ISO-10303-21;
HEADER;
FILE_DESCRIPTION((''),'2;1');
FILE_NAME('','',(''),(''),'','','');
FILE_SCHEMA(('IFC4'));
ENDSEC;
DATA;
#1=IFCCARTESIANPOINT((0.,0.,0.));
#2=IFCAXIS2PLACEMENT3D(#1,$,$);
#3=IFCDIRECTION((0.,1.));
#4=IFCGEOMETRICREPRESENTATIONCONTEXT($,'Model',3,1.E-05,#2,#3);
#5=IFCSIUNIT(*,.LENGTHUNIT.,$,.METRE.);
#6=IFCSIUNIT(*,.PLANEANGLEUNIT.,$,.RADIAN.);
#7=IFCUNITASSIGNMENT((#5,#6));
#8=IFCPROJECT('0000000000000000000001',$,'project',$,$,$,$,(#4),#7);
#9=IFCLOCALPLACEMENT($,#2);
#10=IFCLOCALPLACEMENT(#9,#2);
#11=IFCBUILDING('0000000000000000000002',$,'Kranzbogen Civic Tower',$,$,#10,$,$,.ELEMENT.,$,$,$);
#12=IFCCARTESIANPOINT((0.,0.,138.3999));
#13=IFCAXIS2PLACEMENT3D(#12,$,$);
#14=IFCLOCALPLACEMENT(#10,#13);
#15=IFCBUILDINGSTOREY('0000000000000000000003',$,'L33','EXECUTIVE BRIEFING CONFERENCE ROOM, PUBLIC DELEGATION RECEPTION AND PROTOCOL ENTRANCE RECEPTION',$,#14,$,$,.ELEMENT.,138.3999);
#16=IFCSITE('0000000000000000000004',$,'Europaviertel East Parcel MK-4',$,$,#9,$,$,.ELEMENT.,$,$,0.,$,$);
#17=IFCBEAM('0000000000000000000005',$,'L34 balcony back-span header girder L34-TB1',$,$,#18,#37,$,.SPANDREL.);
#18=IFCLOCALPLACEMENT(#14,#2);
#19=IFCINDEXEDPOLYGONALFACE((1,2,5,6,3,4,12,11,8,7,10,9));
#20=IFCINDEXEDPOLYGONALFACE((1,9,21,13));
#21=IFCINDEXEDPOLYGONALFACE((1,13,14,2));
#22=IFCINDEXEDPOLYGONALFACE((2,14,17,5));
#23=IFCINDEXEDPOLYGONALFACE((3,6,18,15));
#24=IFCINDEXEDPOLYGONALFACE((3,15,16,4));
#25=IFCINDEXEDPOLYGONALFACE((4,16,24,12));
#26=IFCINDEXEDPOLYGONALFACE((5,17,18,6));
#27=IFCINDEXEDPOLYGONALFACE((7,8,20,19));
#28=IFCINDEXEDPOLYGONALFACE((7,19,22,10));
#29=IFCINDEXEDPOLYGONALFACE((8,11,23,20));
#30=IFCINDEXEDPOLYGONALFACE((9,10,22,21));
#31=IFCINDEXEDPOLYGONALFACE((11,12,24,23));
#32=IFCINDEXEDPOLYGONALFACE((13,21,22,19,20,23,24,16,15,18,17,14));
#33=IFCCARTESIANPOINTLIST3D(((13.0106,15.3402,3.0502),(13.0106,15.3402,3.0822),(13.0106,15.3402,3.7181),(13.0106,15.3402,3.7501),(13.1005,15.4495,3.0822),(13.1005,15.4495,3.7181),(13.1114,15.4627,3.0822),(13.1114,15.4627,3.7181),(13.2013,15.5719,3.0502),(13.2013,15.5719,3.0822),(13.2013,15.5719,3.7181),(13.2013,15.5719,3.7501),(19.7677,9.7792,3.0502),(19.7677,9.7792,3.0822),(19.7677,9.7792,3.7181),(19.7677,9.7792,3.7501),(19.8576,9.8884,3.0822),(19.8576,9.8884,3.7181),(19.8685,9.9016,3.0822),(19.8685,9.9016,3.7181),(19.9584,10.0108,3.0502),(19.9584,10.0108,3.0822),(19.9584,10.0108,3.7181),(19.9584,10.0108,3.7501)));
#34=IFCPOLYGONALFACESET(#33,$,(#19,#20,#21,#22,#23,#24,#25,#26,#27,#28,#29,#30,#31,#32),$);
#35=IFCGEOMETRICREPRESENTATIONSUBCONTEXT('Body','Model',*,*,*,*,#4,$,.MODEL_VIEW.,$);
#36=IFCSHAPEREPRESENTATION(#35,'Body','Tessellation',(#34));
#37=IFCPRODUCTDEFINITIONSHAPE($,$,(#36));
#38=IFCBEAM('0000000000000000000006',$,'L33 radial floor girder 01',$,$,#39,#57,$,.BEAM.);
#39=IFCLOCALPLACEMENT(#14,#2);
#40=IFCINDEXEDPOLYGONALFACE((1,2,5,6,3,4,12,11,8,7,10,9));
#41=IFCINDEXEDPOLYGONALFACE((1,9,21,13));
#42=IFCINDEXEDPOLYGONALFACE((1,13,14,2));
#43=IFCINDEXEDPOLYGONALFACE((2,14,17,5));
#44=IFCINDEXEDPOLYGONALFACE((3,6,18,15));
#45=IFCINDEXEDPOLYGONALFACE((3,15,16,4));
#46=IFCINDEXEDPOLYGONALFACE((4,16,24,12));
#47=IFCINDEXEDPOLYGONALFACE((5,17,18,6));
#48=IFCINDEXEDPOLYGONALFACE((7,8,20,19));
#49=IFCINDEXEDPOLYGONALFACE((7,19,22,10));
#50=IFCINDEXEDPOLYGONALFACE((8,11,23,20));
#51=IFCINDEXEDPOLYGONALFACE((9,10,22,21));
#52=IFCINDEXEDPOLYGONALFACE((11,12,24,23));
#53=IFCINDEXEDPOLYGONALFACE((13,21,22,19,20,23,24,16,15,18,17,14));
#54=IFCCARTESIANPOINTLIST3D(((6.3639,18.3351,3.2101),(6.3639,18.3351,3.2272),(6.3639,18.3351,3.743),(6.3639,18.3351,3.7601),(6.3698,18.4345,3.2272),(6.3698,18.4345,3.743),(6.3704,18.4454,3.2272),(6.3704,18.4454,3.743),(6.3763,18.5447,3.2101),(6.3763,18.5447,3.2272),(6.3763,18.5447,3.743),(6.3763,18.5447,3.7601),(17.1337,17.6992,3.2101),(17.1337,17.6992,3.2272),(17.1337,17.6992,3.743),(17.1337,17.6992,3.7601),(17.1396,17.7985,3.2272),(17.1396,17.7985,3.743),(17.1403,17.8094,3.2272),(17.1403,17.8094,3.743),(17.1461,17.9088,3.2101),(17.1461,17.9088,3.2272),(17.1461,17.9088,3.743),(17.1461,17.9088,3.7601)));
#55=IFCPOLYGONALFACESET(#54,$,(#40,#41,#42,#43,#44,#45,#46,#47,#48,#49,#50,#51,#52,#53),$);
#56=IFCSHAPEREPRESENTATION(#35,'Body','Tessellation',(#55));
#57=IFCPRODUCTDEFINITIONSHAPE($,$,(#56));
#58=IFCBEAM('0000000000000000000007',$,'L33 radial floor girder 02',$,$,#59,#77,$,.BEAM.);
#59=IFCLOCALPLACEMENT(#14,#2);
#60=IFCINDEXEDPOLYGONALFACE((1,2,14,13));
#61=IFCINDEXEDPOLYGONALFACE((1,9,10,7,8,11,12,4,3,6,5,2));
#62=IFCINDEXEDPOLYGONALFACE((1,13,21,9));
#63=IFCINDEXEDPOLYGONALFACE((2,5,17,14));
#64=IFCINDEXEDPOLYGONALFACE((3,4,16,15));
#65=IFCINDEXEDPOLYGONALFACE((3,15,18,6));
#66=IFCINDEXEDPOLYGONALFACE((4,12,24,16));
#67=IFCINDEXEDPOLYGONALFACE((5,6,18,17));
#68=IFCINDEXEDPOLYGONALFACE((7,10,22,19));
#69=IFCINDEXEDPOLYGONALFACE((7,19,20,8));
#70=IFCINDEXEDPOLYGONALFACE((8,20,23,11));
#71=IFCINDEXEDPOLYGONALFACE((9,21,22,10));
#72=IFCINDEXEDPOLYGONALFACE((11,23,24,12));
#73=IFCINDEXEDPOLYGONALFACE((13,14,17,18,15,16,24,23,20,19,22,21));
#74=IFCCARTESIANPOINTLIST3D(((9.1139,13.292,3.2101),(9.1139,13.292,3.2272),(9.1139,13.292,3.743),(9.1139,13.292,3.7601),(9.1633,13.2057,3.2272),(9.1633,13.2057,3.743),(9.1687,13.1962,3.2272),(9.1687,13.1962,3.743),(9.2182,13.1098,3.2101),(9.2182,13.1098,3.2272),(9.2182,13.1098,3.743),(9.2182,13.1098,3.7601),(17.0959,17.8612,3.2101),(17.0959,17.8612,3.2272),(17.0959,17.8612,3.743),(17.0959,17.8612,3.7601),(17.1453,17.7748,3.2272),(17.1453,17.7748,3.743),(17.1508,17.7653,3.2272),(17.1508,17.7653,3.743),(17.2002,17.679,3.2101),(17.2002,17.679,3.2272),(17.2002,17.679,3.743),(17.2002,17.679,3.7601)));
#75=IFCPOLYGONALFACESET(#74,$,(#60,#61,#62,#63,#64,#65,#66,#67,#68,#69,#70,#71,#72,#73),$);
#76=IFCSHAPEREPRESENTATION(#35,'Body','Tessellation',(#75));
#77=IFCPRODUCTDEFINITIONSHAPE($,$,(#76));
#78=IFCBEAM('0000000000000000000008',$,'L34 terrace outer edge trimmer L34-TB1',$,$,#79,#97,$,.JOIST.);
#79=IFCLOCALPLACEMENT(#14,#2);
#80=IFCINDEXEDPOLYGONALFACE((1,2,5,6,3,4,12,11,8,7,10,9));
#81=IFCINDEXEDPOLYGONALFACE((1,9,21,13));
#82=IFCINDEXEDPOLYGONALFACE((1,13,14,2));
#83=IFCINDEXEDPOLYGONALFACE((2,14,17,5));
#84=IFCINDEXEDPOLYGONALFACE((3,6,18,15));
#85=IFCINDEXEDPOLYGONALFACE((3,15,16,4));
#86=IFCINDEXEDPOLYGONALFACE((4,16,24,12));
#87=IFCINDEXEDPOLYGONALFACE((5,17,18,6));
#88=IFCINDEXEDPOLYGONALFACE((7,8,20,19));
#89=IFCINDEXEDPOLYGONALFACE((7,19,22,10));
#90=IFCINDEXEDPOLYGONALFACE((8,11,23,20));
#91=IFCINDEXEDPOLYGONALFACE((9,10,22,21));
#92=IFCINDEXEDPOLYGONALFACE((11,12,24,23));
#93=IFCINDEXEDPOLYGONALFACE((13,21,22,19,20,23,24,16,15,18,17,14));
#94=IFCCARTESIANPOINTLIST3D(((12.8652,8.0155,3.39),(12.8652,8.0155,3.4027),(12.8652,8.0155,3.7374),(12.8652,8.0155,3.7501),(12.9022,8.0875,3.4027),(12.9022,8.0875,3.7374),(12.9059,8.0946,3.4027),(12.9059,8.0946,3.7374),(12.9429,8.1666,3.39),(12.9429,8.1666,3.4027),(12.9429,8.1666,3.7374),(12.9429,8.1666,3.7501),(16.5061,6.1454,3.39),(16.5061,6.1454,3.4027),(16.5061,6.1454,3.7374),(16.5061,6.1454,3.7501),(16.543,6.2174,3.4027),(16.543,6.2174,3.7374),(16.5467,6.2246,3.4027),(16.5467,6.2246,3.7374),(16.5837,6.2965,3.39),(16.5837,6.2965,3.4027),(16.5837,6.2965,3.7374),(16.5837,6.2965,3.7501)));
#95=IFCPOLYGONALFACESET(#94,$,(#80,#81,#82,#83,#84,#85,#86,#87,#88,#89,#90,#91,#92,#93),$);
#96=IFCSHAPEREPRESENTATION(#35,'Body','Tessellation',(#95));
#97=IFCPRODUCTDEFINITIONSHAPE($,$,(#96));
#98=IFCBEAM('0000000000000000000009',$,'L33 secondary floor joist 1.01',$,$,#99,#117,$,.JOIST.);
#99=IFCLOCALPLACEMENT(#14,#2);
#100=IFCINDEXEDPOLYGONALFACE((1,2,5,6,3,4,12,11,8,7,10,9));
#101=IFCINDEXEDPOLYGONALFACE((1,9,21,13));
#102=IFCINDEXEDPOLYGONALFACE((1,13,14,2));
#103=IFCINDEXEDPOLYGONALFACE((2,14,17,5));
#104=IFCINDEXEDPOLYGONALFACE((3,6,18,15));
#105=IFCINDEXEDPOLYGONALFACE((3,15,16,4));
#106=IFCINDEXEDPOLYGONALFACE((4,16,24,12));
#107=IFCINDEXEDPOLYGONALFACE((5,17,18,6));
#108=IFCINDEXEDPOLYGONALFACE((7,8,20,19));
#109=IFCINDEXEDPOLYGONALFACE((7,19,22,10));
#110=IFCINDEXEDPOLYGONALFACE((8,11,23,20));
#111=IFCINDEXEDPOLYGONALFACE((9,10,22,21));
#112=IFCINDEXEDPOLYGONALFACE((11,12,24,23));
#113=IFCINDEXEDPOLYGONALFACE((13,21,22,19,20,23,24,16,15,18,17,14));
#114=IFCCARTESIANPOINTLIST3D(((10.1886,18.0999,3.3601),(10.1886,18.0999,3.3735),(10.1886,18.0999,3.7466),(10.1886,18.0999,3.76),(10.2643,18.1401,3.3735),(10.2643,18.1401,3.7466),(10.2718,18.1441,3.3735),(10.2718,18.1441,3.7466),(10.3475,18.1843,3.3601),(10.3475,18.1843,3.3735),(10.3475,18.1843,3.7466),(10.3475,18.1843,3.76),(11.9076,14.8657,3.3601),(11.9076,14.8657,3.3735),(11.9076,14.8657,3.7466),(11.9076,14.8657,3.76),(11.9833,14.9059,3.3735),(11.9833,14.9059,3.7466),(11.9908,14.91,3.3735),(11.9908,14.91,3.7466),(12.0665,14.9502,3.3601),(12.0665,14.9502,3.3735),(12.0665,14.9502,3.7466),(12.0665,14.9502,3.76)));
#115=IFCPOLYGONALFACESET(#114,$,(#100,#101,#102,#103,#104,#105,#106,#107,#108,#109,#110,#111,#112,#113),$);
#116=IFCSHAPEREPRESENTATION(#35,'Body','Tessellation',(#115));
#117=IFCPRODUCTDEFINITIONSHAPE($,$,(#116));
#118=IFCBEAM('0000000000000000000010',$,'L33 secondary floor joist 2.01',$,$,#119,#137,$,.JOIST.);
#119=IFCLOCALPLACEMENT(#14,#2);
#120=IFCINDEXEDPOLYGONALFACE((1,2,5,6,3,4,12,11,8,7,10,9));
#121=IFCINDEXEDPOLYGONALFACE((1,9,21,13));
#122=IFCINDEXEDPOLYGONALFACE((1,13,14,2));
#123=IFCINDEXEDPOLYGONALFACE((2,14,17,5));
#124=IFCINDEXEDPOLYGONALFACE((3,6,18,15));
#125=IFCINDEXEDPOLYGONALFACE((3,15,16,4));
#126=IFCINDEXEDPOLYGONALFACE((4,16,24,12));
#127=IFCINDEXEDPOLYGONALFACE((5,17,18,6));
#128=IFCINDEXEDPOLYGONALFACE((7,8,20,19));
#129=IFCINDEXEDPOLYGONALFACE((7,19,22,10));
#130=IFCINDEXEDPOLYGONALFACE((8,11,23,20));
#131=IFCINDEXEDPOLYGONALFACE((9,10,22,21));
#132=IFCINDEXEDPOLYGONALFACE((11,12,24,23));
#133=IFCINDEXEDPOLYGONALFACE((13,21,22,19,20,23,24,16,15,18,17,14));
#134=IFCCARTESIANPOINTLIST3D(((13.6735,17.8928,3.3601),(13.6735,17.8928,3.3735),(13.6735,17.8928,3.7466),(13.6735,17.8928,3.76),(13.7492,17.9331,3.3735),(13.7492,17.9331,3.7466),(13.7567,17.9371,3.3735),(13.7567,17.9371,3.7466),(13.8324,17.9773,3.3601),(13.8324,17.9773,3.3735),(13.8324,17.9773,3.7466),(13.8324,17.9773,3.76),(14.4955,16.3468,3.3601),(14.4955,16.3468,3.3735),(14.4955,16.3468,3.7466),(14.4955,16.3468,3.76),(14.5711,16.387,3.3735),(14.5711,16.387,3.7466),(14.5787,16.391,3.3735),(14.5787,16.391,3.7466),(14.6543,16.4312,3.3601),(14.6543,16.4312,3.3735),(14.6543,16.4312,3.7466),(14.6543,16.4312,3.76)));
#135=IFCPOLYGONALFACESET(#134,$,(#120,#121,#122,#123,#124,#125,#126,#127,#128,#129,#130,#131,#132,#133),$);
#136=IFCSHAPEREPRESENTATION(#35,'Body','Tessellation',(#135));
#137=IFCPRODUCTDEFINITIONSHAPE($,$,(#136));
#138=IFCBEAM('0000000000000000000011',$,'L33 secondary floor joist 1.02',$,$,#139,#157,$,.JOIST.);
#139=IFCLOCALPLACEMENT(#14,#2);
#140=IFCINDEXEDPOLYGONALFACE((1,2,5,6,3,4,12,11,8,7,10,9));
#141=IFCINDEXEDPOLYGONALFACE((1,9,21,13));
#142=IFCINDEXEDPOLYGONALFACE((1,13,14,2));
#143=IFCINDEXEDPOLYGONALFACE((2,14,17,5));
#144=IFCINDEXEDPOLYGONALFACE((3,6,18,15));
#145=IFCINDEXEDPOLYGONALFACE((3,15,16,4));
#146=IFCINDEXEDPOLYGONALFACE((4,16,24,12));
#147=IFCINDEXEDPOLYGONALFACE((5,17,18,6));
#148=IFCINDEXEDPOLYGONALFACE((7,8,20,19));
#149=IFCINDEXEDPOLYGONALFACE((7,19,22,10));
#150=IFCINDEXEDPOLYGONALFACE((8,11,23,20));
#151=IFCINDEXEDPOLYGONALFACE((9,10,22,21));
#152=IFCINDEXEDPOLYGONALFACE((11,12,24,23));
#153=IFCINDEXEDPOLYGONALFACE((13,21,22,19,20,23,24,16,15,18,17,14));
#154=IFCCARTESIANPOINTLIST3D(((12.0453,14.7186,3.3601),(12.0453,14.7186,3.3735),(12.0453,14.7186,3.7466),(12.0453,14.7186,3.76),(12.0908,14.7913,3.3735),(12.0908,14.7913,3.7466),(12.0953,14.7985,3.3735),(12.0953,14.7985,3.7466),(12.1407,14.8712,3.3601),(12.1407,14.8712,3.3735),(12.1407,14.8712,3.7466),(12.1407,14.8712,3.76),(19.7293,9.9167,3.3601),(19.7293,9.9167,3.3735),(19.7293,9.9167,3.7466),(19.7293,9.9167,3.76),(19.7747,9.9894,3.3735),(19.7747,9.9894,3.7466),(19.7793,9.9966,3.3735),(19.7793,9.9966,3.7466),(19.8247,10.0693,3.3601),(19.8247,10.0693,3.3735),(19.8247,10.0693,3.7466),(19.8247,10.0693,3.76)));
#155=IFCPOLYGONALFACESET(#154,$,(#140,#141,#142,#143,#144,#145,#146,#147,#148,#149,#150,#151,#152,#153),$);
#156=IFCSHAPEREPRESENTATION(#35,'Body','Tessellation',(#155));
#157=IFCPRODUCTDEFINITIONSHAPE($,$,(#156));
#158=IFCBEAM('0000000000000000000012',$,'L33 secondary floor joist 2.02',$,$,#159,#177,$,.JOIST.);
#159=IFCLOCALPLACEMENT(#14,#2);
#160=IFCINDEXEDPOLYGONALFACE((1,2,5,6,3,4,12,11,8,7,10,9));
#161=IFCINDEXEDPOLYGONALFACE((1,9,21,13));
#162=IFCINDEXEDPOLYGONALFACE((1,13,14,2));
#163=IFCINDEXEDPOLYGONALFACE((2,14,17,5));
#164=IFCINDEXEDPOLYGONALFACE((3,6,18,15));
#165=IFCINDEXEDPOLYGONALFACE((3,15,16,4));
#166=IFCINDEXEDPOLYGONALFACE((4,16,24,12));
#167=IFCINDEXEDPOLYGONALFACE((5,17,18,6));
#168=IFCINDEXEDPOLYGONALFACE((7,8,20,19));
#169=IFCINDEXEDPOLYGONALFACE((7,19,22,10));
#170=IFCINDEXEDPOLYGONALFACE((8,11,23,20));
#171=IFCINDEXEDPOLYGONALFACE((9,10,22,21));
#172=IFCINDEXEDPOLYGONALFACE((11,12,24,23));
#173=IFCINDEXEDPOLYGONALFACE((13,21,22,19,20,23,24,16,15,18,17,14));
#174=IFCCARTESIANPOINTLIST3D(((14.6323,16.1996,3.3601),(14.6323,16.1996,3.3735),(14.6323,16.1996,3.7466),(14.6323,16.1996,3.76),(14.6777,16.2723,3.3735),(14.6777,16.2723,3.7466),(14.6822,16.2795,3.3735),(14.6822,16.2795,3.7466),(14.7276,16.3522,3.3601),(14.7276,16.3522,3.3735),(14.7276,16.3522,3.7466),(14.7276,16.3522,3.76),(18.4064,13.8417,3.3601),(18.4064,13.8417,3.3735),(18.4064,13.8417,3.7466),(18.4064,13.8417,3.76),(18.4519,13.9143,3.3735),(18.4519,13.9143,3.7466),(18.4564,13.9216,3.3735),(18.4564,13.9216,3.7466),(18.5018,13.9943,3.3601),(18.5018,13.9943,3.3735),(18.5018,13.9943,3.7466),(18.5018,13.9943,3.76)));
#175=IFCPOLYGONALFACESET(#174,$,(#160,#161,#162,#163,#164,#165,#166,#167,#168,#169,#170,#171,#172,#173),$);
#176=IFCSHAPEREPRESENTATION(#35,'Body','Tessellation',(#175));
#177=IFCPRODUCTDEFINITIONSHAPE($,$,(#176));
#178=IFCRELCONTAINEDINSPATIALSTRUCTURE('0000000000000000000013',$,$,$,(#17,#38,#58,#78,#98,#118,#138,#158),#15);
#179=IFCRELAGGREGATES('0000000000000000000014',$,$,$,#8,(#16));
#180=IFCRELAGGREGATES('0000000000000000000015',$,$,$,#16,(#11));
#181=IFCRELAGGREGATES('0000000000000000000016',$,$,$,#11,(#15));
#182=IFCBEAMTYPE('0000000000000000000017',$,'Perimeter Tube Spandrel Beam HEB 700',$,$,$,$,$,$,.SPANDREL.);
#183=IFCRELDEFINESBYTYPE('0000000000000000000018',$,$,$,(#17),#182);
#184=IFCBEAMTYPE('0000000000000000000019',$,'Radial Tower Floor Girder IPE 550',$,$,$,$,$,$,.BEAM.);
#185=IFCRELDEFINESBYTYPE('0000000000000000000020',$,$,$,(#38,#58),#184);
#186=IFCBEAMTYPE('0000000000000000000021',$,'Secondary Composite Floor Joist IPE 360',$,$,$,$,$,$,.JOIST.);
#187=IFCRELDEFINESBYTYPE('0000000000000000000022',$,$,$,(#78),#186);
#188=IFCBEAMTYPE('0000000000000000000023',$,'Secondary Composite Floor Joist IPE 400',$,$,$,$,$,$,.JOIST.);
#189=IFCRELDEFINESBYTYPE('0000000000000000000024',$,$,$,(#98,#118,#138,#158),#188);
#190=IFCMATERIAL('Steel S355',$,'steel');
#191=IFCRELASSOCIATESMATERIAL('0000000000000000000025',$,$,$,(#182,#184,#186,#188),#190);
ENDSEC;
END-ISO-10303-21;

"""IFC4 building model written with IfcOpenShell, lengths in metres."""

from ifc_helpers import new_model, si_unit, direction, frame, origin, origin_2d, place, context, subcontext, project, spatial, i_section, extrude, material, material_profile, profile_set, type_object, element, save


model = new_model("IFC4")

# Units and contexts
model_context = context("Model", 3, precision=1e-05, world=origin(), true_north=direction((0.0, 1.0)))
body_context = subcontext(model_context, "Body", "Model", "MODEL_VIEW")
ifc_project = project(units=[si_unit("LENGTHUNIT", "METRE"), si_unit("PLANEANGLEUNIT", "RADIAN")], contexts=[model_context])

# Site, building, storey
site_placement = place(None, origin())
site = spatial("IfcSite", under=ifc_project, at=site_placement, Name="Europaviertel East Parcel MK-4", CompositionType="ELEMENT", RefElevation=0.0)
building_placement = place(site_placement, origin())
building = spatial("IfcBuilding", under=site, at=building_placement, Name="Kranzbogen Civic Tower", CompositionType="ELEMENT")
storey_placement = place(building_placement, frame((0.0, 0.0, 138.3999)))
storey = spatial("IfcBuildingStorey", under=building, at=storey_placement, Name="L33", Description="EXECUTIVE BRIEFING CONFERENCE ROOM, PUBLIC DELEGATION RECEPTION AND PROTOCOL ENTRANCE RECEPTION", CompositionType="ELEMENT", Elevation=138.3999)

# Shared definitions
ifc_material_1 = material(Name="Steel S355", Category="steel")

# Beams
ifc_material_profile_1 = material_profile(ifc_material_1, i_section(OverallWidth=0.3, OverallDepth=0.7, WebThickness=0.0171, FlangeThickness=0.032, at=origin_2d()), Name="HEB 700")
ifc_profile_set_1 = profile_set([ifc_material_profile_1], Name="Steel S355")
beam_type_1 = type_object("IfcBeamType", Name="Perimeter Tube Spandrel Beam HEB 700", PredefinedType="SPANDREL", material=ifc_profile_set_1)
beam_1_placement = place(storey_placement, frame((13.106, 15.4561, 3.4001), z_axis=(0.772133, -0.635461, 0.0), x_axis=(0.635461, 0.772133, 0.0)))
element("IfcBeam", 1, at=beam_1_placement, inside=storey, type_object=beam_type_1, Name="L34 balcony back-span header girder L34-TB1", PredefinedType="SPANDREL", context=body_context, shape_type="SweptSolid", body=[
    extrude(i_section(OverallWidth=0.3, OverallDepth=0.7, WebThickness=0.0171, FlangeThickness=0.032, at=origin_2d()), origin(), (0.0, 0.0, 1.0), 8.7512),
])
ifc_material_profile_2 = material_profile(ifc_material_1, i_section(OverallWidth=0.21, OverallDepth=0.55, WebThickness=0.011, FlangeThickness=0.0171, at=origin_2d()), Name="IPE 550")
ifc_profile_set_2 = profile_set([ifc_material_profile_2], Name="Steel S355")
beam_type_2 = type_object("IfcBeamType", Name="Radial Tower Floor Girder IPE 550", PredefinedType="BEAM", material=ifc_profile_set_2)
beam_2_placement = place(storey_placement, frame((6.3701, 18.4399, 3.4851), z_axis=(0.998261, -0.05895, 0.0), x_axis=(0.05895, 0.998261, 0.0)))
element("IfcBeam", 2, at=beam_2_placement, inside=storey, type_object=beam_type_2, Name="L33 radial floor girder 01", PredefinedType="BEAM", context=body_context, shape_type="SweptSolid", body=[
    extrude(i_section(OverallWidth=0.21, OverallDepth=0.55, WebThickness=0.011, FlangeThickness=0.0171, at=origin_2d()), origin(), (0.0, 0.0, 1.0), 10.7886),
])
beam_3_placement = place(storey_placement, frame((9.166, 13.2009, 3.4851), z_axis=(0.867869, 0.496793, 0.0), x_axis=(-0.496793, 0.867869, 0.0)))
element("IfcBeam", 3, at=beam_3_placement, inside=storey, type_object=beam_type_2, Name="L33 radial floor girder 02", PredefinedType="BEAM", context=body_context, shape_type="SweptSolid", body=[
    extrude(i_section(OverallWidth=0.21, OverallDepth=0.55, WebThickness=0.011, FlangeThickness=0.0171, at=origin_2d()), origin(), (0.0, 0.0, 1.0), 9.1973),
])
ifc_material_profile_3 = material_profile(ifc_material_1, i_section(OverallWidth=0.1699, OverallDepth=0.3601, WebThickness=0.0081, FlangeThickness=0.0127, at=origin_2d()), Name="IPE 360")
ifc_profile_set_3 = profile_set([ifc_material_profile_3], Name="Steel S355")
beam_type_3 = type_object("IfcBeamType", Name="Secondary Composite Floor Joist IPE 360", PredefinedType="JOIST", material=ifc_profile_set_3)
beam_4_placement = place(storey_placement, frame((12.9041, 8.0911, 3.5701), z_axis=(0.889519, -0.456898, 0.0), x_axis=(0.456898, 0.889519, 0.0)))
element("IfcBeam", 4, at=beam_4_placement, inside=storey, type_object=beam_type_3, Name="L34 terrace outer edge trimmer L34-TB1", PredefinedType="JOIST", context=body_context, shape_type="SweptSolid", body=[
    extrude(i_section(OverallWidth=0.1699, OverallDepth=0.3601, WebThickness=0.0081, FlangeThickness=0.0127, at=origin_2d()), origin(), (0.0, 0.0, 1.0), 4.093),
])
ifc_material_profile_4 = material_profile(ifc_material_1, i_section(OverallWidth=0.1799, OverallDepth=0.3999, WebThickness=0.0085, FlangeThickness=0.0134, at=origin_2d()), Name="IPE 400")
ifc_profile_set_4 = profile_set([ifc_material_profile_4], Name="Steel S355")
beam_type_4 = type_object("IfcBeamType", Name="Secondary Composite Floor Joist IPE 400", PredefinedType="JOIST", material=ifc_profile_set_4)
beam_5_placement = place(storey_placement, frame((10.2681, 18.1421, 3.5601), z_axis=(0.469339, -0.883018, 0.0), x_axis=(0.883018, 0.469339, 0.0)))
element("IfcBeam", 5, at=beam_5_placement, inside=storey, type_object=beam_type_4, Name="L33 secondary floor joist 1.01", PredefinedType="JOIST", context=body_context, shape_type="SweptSolid", body=[
    extrude(i_section(OverallWidth=0.1799, OverallDepth=0.3999, WebThickness=0.0085, FlangeThickness=0.0134, at=origin_2d()), origin(), (0.0, 0.0, 1.0), 3.6626),
])
beam_6_placement = place(storey_placement, frame((13.7529, 17.9351, 3.5601), z_axis=(0.469437, -0.882966, 0.0), x_axis=(0.882966, 0.469437, 0.0)))
element("IfcBeam", 6, at=beam_6_placement, inside=storey, type_object=beam_type_4, Name="L33 secondary floor joist 2.01", PredefinedType="JOIST", context=body_context, shape_type="SweptSolid", body=[
    extrude(i_section(OverallWidth=0.1799, OverallDepth=0.3999, WebThickness=0.0085, FlangeThickness=0.0134, at=origin_2d()), origin(), (0.0, 0.0, 1.0), 1.751),
])
beam_7_placement = place(storey_placement, frame((12.093, 14.7949, 3.5601), z_axis=(0.848026, -0.529955, 0.0), x_axis=(0.529955, 0.848026, 0.0)))
element("IfcBeam", 7, at=beam_7_placement, inside=storey, type_object=beam_type_4, Name="L33 secondary floor joist 1.02", PredefinedType="JOIST", context=body_context, shape_type="SweptSolid", body=[
    extrude(i_section(OverallWidth=0.1799, OverallDepth=0.3999, WebThickness=0.0085, FlangeThickness=0.0134, at=origin_2d()), origin(), (0.0, 0.0, 1.0), 9.061),
])
beam_8_placement = place(storey_placement, frame((14.6799, 16.2759, 3.5601), z_axis=(0.848094, -0.529846, 0.0), x_axis=(0.529846, 0.848094, 0.0)))
element("IfcBeam", 8, at=beam_8_placement, inside=storey, type_object=beam_type_4, Name="L33 secondary floor joist 2.02", PredefinedType="JOIST", context=body_context, shape_type="SweptSolid", body=[
    extrude(i_section(OverallWidth=0.1799, OverallDepth=0.3999, WebThickness=0.0085, FlangeThickness=0.0134, at=origin_2d()), origin(), (0.0, 0.0, 1.0), 4.4502),
])

save(model, "model.ifc")
